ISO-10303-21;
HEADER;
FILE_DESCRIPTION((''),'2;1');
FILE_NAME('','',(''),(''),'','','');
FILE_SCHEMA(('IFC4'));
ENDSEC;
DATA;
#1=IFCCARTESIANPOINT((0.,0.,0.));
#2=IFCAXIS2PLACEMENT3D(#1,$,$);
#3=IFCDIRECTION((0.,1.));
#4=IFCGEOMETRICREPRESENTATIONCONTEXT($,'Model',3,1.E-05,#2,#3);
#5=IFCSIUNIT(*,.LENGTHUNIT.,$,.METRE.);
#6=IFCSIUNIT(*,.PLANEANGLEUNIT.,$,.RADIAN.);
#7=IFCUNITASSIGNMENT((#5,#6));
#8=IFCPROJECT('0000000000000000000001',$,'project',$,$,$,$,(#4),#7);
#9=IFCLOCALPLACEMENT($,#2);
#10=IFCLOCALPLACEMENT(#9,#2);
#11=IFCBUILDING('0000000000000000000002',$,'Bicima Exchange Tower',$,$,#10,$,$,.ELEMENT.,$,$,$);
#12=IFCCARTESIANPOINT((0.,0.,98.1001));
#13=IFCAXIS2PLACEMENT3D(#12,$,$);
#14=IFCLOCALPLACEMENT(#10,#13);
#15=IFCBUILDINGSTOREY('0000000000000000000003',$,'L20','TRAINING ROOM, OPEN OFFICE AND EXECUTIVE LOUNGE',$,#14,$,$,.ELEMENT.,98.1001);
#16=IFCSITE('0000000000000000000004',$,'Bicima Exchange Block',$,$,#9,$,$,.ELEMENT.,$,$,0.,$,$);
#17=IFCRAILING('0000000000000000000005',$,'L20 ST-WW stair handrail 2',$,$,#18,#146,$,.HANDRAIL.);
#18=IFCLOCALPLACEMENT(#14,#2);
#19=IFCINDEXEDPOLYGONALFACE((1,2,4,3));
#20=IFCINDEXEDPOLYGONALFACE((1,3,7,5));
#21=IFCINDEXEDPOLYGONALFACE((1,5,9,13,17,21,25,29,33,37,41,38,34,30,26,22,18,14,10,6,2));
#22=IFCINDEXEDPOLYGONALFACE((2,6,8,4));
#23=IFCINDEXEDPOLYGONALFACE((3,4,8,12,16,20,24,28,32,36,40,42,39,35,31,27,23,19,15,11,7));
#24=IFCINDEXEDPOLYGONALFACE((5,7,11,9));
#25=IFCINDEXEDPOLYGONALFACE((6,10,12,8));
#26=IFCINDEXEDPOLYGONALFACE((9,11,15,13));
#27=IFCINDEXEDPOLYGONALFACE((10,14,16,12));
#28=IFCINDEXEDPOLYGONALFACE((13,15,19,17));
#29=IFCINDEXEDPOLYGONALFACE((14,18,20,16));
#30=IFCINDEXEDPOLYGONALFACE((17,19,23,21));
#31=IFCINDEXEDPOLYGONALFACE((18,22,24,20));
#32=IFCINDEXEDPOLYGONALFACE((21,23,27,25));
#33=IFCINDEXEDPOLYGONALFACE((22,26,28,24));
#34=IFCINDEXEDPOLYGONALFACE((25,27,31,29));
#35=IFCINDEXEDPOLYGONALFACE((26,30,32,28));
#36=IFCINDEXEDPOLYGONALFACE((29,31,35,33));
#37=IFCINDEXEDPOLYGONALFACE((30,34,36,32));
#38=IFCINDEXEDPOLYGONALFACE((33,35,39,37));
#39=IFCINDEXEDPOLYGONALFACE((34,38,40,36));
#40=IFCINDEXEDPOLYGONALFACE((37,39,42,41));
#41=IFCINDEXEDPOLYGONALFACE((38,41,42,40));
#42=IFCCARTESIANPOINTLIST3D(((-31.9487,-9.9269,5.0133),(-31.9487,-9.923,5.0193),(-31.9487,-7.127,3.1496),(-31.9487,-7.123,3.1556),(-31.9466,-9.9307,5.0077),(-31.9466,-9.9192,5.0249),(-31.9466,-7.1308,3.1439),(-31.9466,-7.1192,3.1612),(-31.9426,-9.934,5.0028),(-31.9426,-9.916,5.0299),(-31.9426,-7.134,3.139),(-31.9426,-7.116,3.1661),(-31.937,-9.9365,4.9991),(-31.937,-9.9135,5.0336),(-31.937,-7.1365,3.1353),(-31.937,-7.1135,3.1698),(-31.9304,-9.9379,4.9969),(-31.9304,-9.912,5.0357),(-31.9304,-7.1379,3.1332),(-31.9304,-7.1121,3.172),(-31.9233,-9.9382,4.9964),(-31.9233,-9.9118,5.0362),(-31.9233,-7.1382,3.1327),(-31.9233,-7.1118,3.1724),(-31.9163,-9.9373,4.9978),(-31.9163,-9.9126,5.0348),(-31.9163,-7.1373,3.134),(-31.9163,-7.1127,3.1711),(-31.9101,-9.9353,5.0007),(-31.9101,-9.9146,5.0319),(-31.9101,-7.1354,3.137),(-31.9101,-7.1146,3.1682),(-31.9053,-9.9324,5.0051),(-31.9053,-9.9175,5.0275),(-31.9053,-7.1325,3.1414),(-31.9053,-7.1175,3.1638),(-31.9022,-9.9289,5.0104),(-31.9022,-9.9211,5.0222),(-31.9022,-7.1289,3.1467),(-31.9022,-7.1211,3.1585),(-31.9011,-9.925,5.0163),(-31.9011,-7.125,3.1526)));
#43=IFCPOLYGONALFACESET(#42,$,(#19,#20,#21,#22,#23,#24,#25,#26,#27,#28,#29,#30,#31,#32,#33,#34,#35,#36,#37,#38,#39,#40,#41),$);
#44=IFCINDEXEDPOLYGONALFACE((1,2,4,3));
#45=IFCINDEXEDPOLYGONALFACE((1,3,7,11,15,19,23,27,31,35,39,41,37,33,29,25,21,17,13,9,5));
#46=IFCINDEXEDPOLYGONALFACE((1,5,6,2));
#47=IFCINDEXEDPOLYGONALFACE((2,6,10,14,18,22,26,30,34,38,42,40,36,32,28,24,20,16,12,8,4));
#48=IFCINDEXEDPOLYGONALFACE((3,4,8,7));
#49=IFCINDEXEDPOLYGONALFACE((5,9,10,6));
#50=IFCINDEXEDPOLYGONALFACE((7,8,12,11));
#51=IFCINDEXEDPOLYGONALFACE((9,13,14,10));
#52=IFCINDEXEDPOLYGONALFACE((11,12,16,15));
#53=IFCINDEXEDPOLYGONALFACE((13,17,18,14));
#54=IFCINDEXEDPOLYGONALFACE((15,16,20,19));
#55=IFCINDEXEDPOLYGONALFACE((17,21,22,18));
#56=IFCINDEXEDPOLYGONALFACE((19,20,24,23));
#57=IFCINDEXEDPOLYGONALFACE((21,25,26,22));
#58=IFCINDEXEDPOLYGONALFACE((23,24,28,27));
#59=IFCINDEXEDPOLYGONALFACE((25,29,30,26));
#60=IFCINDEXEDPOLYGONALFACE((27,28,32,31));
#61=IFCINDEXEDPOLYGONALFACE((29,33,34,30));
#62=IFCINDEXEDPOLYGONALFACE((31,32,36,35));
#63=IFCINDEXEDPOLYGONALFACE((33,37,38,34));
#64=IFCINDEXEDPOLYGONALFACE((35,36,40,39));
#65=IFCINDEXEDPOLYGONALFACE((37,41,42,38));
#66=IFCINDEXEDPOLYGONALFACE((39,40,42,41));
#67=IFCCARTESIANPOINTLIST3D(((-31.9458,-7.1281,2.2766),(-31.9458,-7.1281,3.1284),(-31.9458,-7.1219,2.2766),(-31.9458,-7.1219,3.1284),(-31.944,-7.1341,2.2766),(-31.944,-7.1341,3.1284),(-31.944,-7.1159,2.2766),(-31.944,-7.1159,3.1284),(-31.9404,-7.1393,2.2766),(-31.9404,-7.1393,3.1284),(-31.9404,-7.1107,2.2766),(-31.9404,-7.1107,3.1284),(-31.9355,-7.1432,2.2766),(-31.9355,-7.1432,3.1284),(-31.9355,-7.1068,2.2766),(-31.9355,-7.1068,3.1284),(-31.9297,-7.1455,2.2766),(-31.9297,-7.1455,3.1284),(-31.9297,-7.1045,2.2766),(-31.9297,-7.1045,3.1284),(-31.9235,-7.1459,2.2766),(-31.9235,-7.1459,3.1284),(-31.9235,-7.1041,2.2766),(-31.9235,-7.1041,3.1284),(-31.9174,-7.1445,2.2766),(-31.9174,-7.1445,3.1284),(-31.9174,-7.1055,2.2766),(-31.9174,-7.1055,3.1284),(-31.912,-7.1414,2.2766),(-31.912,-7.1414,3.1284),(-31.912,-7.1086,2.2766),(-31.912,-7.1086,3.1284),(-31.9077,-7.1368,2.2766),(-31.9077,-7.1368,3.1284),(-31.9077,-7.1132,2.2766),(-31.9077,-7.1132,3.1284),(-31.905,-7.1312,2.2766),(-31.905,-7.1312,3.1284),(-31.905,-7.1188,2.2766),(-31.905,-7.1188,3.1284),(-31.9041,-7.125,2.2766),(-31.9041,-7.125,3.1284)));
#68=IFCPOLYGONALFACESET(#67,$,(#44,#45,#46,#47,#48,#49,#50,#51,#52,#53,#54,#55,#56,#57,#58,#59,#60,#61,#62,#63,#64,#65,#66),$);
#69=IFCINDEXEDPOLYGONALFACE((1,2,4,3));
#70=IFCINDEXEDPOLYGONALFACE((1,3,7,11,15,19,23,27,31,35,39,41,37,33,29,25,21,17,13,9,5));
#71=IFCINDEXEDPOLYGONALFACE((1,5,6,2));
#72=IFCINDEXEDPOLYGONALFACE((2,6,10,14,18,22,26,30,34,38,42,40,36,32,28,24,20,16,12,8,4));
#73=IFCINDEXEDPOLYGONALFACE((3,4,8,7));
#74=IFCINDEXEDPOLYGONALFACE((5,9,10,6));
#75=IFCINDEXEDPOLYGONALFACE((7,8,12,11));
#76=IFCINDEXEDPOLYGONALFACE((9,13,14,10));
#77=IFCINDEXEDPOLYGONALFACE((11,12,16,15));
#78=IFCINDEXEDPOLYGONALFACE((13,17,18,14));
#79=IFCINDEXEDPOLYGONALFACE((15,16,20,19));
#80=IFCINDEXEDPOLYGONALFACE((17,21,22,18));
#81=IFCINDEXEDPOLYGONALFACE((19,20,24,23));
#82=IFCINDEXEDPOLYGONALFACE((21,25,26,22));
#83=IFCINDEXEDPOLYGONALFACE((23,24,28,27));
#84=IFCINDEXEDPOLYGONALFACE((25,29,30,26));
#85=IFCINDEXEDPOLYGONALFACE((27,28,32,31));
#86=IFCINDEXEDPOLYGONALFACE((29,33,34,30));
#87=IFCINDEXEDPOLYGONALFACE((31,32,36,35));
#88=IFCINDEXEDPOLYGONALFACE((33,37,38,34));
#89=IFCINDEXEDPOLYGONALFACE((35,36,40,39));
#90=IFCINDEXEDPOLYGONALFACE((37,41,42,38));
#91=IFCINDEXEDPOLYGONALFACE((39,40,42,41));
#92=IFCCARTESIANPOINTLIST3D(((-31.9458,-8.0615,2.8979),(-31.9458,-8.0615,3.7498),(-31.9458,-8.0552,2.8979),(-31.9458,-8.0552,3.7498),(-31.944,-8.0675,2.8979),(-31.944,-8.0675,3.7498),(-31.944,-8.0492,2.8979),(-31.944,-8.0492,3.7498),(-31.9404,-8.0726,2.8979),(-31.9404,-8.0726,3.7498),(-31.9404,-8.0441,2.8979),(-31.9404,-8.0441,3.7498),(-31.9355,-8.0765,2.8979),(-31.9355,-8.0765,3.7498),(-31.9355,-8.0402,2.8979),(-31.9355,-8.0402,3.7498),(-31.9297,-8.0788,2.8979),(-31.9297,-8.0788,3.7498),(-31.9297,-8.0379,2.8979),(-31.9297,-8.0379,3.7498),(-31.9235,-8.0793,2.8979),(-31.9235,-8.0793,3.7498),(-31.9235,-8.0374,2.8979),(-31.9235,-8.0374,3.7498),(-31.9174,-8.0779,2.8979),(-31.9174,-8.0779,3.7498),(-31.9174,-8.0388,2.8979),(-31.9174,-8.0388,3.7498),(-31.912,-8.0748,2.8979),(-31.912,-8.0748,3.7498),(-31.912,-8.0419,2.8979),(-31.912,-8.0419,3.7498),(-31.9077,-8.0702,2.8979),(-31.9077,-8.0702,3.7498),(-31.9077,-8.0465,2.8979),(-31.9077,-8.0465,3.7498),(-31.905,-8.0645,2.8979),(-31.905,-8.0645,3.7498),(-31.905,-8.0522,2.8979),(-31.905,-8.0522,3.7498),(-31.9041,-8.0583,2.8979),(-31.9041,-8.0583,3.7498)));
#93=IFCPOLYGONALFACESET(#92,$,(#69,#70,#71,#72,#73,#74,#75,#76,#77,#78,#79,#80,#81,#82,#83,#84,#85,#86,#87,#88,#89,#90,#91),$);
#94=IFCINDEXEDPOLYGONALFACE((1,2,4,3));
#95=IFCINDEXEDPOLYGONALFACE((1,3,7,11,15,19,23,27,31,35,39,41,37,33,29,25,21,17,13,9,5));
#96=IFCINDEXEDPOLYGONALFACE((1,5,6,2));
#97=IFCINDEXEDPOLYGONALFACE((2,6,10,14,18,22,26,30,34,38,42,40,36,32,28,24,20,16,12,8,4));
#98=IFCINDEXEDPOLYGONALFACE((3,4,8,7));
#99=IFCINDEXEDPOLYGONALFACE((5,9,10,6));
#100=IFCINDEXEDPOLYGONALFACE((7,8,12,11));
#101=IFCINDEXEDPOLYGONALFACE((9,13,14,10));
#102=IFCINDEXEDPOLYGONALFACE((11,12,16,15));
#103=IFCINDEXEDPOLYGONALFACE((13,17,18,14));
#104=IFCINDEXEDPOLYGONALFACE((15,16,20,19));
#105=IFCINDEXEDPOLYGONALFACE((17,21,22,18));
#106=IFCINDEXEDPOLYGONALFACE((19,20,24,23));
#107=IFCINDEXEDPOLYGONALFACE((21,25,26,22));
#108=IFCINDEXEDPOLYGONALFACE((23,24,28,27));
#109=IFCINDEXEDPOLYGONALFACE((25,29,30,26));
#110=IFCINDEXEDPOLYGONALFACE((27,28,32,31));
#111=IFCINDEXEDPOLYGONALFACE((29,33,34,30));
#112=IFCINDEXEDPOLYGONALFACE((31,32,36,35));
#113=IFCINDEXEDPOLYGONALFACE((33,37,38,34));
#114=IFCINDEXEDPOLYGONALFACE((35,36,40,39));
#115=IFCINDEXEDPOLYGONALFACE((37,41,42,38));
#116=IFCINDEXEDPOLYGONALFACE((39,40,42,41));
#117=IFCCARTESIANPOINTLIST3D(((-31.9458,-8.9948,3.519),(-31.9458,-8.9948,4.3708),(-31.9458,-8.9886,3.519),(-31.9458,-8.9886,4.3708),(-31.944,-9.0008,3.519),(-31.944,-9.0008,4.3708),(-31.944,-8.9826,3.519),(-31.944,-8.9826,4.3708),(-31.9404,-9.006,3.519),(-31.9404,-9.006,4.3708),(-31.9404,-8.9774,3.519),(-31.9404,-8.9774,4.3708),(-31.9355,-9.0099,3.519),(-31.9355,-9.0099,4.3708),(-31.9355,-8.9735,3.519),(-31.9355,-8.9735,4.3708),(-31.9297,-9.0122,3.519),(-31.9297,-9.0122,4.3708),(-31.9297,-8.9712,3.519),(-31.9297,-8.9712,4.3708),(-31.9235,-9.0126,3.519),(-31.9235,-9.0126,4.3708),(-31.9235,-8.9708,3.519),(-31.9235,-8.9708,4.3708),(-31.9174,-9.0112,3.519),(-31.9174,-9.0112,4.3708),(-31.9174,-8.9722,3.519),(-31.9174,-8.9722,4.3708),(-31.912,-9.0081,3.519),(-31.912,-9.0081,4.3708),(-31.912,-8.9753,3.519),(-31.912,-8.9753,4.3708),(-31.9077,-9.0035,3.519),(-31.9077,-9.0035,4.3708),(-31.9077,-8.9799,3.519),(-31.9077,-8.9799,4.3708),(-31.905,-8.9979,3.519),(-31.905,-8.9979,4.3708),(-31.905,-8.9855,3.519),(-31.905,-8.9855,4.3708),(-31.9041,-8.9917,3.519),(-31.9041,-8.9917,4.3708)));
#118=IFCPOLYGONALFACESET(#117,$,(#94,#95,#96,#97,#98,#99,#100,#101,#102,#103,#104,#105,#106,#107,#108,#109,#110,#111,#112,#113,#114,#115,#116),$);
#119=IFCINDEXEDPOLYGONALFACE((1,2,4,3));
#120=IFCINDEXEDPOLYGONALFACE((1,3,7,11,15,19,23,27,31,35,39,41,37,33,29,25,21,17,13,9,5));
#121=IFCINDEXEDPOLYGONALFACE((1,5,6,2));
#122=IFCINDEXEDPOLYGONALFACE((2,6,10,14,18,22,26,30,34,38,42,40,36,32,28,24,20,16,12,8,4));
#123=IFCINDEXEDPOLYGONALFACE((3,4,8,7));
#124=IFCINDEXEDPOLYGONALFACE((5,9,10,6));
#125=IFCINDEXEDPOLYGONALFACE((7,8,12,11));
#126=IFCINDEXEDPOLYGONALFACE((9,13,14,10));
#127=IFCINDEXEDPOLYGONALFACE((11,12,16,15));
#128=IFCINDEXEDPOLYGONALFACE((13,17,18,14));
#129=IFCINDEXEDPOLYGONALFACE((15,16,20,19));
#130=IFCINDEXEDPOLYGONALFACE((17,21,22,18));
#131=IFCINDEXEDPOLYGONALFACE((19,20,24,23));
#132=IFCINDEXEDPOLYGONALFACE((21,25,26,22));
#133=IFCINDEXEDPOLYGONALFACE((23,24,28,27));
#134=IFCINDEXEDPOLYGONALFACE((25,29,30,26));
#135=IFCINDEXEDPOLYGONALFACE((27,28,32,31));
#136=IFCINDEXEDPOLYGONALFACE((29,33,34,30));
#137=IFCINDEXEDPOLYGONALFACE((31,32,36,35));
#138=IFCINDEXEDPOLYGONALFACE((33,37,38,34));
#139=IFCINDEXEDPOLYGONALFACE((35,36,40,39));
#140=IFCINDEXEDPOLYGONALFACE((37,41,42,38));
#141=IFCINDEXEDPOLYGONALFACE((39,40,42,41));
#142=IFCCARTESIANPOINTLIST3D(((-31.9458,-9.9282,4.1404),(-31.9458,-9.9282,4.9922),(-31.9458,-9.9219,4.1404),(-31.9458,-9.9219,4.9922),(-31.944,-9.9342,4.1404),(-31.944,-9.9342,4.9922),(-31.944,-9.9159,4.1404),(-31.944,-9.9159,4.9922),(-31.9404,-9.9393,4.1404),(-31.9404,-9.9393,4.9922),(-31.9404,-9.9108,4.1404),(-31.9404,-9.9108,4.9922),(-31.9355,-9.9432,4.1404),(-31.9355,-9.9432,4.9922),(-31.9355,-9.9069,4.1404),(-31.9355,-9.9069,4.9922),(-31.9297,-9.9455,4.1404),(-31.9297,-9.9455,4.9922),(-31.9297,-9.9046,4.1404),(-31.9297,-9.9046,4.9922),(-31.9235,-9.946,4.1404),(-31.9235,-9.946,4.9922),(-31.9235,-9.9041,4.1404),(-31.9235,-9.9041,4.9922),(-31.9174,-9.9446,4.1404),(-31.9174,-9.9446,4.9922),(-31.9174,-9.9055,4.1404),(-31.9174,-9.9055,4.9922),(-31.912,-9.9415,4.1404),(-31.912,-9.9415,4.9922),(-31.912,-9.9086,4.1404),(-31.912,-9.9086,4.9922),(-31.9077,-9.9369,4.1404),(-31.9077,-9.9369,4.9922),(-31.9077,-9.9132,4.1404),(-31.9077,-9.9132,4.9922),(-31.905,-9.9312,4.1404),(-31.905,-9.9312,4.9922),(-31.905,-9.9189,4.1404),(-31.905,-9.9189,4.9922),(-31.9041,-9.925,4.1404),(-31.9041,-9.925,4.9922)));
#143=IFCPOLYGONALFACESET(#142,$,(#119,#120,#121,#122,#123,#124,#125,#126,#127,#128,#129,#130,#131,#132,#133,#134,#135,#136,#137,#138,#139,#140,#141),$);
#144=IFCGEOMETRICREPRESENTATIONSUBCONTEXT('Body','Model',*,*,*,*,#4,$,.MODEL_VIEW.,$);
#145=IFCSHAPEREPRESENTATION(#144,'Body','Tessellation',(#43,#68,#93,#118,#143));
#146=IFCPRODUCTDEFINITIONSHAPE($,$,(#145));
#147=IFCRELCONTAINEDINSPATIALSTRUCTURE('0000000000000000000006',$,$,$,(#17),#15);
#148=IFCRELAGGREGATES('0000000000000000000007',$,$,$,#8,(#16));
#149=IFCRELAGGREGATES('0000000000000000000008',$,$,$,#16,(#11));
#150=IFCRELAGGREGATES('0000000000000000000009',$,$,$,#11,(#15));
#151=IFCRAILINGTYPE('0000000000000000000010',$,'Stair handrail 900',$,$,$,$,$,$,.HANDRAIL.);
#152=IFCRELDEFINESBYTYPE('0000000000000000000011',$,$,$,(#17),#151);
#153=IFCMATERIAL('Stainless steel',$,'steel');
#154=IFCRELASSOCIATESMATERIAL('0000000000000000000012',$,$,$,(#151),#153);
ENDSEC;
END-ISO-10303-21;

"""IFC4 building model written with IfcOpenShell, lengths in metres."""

from ifc_helpers import new_model, si_unit, direction, frame, origin, origin_2d, place, context, subcontext, project, spatial, circle, extrude, material, type_object, element, save


model = new_model("IFC4")

# Units and contexts
model_context = context("Model", 3, precision=1e-05, world=origin(), true_north=direction((0.0, 1.0)))
body_context = subcontext(model_context, "Body", "Model", "MODEL_VIEW")
ifc_project = project(units=[si_unit("LENGTHUNIT", "METRE"), si_unit("PLANEANGLEUNIT", "RADIAN")], contexts=[model_context])

# Site, building, storey
site_placement = place(None, origin())
site = spatial("IfcSite", under=ifc_project, at=site_placement, Name="Bicima Exchange Block", CompositionType="ELEMENT", RefElevation=0.0)
building_placement = place(site_placement, origin())
building = spatial("IfcBuilding", under=site, at=building_placement, Name="Bicima Exchange Tower", CompositionType="ELEMENT")
storey_placement = place(building_placement, frame((0.0, 0.0, 98.1001)))
storey = spatial("IfcBuildingStorey", under=building, at=storey_placement, Name="L20", Description="TRAINING ROOM, OPEN OFFICE AND EXECUTIVE LOUNGE", CompositionType="ELEMENT", Elevation=98.1001)

# Railing
ifc_material_1 = material(Name="Stainless steel", Category="steel")
railing_type = type_object("IfcRailingType", Name="Stair handrail 900", PredefinedType="HANDRAIL", material=ifc_material_1)
for number, where, name in (
    (1, (-31.925, -7.125, 2.2766), "L20 ST-WW stair handrail 2"),
):
    element("IfcRailing", number, at=place(storey_placement, frame(where)), inside=storey, type_object=railing_type, Name=name, PredefinedType="HANDRAIL", context=body_context, shape_type="SweptSolid", body=[
        extrude(circle(Radius=0.0239, at=origin_2d()), frame((0.0, 0.0, 0.876), z_axis=(0.0, -0.832452, 0.554097), x_axis=(1.0, 0.0, 0.0)), (0.0, 0.0, 1.0), 3.3635),
        extrude(circle(Radius=0.021, at=origin_2d()), origin(), (0.0, 0.0, 1.0), 0.8518),
        extrude(circle(Radius=0.021, at=origin_2d()), frame((0.0, -0.9333, 0.6213)), (0.0, 0.0, 1.0), 0.8518),
        extrude(circle(Radius=0.021, at=origin_2d()), frame((0.0, -1.8667, 1.2424)), (0.0, 0.0, 1.0), 0.8518),
        extrude(circle(Radius=0.021, at=origin_2d()), frame((0.0, -2.8, 1.8638)), (0.0, 0.0, 1.0), 0.8518),
    ])

save(model, "model.ifc")
